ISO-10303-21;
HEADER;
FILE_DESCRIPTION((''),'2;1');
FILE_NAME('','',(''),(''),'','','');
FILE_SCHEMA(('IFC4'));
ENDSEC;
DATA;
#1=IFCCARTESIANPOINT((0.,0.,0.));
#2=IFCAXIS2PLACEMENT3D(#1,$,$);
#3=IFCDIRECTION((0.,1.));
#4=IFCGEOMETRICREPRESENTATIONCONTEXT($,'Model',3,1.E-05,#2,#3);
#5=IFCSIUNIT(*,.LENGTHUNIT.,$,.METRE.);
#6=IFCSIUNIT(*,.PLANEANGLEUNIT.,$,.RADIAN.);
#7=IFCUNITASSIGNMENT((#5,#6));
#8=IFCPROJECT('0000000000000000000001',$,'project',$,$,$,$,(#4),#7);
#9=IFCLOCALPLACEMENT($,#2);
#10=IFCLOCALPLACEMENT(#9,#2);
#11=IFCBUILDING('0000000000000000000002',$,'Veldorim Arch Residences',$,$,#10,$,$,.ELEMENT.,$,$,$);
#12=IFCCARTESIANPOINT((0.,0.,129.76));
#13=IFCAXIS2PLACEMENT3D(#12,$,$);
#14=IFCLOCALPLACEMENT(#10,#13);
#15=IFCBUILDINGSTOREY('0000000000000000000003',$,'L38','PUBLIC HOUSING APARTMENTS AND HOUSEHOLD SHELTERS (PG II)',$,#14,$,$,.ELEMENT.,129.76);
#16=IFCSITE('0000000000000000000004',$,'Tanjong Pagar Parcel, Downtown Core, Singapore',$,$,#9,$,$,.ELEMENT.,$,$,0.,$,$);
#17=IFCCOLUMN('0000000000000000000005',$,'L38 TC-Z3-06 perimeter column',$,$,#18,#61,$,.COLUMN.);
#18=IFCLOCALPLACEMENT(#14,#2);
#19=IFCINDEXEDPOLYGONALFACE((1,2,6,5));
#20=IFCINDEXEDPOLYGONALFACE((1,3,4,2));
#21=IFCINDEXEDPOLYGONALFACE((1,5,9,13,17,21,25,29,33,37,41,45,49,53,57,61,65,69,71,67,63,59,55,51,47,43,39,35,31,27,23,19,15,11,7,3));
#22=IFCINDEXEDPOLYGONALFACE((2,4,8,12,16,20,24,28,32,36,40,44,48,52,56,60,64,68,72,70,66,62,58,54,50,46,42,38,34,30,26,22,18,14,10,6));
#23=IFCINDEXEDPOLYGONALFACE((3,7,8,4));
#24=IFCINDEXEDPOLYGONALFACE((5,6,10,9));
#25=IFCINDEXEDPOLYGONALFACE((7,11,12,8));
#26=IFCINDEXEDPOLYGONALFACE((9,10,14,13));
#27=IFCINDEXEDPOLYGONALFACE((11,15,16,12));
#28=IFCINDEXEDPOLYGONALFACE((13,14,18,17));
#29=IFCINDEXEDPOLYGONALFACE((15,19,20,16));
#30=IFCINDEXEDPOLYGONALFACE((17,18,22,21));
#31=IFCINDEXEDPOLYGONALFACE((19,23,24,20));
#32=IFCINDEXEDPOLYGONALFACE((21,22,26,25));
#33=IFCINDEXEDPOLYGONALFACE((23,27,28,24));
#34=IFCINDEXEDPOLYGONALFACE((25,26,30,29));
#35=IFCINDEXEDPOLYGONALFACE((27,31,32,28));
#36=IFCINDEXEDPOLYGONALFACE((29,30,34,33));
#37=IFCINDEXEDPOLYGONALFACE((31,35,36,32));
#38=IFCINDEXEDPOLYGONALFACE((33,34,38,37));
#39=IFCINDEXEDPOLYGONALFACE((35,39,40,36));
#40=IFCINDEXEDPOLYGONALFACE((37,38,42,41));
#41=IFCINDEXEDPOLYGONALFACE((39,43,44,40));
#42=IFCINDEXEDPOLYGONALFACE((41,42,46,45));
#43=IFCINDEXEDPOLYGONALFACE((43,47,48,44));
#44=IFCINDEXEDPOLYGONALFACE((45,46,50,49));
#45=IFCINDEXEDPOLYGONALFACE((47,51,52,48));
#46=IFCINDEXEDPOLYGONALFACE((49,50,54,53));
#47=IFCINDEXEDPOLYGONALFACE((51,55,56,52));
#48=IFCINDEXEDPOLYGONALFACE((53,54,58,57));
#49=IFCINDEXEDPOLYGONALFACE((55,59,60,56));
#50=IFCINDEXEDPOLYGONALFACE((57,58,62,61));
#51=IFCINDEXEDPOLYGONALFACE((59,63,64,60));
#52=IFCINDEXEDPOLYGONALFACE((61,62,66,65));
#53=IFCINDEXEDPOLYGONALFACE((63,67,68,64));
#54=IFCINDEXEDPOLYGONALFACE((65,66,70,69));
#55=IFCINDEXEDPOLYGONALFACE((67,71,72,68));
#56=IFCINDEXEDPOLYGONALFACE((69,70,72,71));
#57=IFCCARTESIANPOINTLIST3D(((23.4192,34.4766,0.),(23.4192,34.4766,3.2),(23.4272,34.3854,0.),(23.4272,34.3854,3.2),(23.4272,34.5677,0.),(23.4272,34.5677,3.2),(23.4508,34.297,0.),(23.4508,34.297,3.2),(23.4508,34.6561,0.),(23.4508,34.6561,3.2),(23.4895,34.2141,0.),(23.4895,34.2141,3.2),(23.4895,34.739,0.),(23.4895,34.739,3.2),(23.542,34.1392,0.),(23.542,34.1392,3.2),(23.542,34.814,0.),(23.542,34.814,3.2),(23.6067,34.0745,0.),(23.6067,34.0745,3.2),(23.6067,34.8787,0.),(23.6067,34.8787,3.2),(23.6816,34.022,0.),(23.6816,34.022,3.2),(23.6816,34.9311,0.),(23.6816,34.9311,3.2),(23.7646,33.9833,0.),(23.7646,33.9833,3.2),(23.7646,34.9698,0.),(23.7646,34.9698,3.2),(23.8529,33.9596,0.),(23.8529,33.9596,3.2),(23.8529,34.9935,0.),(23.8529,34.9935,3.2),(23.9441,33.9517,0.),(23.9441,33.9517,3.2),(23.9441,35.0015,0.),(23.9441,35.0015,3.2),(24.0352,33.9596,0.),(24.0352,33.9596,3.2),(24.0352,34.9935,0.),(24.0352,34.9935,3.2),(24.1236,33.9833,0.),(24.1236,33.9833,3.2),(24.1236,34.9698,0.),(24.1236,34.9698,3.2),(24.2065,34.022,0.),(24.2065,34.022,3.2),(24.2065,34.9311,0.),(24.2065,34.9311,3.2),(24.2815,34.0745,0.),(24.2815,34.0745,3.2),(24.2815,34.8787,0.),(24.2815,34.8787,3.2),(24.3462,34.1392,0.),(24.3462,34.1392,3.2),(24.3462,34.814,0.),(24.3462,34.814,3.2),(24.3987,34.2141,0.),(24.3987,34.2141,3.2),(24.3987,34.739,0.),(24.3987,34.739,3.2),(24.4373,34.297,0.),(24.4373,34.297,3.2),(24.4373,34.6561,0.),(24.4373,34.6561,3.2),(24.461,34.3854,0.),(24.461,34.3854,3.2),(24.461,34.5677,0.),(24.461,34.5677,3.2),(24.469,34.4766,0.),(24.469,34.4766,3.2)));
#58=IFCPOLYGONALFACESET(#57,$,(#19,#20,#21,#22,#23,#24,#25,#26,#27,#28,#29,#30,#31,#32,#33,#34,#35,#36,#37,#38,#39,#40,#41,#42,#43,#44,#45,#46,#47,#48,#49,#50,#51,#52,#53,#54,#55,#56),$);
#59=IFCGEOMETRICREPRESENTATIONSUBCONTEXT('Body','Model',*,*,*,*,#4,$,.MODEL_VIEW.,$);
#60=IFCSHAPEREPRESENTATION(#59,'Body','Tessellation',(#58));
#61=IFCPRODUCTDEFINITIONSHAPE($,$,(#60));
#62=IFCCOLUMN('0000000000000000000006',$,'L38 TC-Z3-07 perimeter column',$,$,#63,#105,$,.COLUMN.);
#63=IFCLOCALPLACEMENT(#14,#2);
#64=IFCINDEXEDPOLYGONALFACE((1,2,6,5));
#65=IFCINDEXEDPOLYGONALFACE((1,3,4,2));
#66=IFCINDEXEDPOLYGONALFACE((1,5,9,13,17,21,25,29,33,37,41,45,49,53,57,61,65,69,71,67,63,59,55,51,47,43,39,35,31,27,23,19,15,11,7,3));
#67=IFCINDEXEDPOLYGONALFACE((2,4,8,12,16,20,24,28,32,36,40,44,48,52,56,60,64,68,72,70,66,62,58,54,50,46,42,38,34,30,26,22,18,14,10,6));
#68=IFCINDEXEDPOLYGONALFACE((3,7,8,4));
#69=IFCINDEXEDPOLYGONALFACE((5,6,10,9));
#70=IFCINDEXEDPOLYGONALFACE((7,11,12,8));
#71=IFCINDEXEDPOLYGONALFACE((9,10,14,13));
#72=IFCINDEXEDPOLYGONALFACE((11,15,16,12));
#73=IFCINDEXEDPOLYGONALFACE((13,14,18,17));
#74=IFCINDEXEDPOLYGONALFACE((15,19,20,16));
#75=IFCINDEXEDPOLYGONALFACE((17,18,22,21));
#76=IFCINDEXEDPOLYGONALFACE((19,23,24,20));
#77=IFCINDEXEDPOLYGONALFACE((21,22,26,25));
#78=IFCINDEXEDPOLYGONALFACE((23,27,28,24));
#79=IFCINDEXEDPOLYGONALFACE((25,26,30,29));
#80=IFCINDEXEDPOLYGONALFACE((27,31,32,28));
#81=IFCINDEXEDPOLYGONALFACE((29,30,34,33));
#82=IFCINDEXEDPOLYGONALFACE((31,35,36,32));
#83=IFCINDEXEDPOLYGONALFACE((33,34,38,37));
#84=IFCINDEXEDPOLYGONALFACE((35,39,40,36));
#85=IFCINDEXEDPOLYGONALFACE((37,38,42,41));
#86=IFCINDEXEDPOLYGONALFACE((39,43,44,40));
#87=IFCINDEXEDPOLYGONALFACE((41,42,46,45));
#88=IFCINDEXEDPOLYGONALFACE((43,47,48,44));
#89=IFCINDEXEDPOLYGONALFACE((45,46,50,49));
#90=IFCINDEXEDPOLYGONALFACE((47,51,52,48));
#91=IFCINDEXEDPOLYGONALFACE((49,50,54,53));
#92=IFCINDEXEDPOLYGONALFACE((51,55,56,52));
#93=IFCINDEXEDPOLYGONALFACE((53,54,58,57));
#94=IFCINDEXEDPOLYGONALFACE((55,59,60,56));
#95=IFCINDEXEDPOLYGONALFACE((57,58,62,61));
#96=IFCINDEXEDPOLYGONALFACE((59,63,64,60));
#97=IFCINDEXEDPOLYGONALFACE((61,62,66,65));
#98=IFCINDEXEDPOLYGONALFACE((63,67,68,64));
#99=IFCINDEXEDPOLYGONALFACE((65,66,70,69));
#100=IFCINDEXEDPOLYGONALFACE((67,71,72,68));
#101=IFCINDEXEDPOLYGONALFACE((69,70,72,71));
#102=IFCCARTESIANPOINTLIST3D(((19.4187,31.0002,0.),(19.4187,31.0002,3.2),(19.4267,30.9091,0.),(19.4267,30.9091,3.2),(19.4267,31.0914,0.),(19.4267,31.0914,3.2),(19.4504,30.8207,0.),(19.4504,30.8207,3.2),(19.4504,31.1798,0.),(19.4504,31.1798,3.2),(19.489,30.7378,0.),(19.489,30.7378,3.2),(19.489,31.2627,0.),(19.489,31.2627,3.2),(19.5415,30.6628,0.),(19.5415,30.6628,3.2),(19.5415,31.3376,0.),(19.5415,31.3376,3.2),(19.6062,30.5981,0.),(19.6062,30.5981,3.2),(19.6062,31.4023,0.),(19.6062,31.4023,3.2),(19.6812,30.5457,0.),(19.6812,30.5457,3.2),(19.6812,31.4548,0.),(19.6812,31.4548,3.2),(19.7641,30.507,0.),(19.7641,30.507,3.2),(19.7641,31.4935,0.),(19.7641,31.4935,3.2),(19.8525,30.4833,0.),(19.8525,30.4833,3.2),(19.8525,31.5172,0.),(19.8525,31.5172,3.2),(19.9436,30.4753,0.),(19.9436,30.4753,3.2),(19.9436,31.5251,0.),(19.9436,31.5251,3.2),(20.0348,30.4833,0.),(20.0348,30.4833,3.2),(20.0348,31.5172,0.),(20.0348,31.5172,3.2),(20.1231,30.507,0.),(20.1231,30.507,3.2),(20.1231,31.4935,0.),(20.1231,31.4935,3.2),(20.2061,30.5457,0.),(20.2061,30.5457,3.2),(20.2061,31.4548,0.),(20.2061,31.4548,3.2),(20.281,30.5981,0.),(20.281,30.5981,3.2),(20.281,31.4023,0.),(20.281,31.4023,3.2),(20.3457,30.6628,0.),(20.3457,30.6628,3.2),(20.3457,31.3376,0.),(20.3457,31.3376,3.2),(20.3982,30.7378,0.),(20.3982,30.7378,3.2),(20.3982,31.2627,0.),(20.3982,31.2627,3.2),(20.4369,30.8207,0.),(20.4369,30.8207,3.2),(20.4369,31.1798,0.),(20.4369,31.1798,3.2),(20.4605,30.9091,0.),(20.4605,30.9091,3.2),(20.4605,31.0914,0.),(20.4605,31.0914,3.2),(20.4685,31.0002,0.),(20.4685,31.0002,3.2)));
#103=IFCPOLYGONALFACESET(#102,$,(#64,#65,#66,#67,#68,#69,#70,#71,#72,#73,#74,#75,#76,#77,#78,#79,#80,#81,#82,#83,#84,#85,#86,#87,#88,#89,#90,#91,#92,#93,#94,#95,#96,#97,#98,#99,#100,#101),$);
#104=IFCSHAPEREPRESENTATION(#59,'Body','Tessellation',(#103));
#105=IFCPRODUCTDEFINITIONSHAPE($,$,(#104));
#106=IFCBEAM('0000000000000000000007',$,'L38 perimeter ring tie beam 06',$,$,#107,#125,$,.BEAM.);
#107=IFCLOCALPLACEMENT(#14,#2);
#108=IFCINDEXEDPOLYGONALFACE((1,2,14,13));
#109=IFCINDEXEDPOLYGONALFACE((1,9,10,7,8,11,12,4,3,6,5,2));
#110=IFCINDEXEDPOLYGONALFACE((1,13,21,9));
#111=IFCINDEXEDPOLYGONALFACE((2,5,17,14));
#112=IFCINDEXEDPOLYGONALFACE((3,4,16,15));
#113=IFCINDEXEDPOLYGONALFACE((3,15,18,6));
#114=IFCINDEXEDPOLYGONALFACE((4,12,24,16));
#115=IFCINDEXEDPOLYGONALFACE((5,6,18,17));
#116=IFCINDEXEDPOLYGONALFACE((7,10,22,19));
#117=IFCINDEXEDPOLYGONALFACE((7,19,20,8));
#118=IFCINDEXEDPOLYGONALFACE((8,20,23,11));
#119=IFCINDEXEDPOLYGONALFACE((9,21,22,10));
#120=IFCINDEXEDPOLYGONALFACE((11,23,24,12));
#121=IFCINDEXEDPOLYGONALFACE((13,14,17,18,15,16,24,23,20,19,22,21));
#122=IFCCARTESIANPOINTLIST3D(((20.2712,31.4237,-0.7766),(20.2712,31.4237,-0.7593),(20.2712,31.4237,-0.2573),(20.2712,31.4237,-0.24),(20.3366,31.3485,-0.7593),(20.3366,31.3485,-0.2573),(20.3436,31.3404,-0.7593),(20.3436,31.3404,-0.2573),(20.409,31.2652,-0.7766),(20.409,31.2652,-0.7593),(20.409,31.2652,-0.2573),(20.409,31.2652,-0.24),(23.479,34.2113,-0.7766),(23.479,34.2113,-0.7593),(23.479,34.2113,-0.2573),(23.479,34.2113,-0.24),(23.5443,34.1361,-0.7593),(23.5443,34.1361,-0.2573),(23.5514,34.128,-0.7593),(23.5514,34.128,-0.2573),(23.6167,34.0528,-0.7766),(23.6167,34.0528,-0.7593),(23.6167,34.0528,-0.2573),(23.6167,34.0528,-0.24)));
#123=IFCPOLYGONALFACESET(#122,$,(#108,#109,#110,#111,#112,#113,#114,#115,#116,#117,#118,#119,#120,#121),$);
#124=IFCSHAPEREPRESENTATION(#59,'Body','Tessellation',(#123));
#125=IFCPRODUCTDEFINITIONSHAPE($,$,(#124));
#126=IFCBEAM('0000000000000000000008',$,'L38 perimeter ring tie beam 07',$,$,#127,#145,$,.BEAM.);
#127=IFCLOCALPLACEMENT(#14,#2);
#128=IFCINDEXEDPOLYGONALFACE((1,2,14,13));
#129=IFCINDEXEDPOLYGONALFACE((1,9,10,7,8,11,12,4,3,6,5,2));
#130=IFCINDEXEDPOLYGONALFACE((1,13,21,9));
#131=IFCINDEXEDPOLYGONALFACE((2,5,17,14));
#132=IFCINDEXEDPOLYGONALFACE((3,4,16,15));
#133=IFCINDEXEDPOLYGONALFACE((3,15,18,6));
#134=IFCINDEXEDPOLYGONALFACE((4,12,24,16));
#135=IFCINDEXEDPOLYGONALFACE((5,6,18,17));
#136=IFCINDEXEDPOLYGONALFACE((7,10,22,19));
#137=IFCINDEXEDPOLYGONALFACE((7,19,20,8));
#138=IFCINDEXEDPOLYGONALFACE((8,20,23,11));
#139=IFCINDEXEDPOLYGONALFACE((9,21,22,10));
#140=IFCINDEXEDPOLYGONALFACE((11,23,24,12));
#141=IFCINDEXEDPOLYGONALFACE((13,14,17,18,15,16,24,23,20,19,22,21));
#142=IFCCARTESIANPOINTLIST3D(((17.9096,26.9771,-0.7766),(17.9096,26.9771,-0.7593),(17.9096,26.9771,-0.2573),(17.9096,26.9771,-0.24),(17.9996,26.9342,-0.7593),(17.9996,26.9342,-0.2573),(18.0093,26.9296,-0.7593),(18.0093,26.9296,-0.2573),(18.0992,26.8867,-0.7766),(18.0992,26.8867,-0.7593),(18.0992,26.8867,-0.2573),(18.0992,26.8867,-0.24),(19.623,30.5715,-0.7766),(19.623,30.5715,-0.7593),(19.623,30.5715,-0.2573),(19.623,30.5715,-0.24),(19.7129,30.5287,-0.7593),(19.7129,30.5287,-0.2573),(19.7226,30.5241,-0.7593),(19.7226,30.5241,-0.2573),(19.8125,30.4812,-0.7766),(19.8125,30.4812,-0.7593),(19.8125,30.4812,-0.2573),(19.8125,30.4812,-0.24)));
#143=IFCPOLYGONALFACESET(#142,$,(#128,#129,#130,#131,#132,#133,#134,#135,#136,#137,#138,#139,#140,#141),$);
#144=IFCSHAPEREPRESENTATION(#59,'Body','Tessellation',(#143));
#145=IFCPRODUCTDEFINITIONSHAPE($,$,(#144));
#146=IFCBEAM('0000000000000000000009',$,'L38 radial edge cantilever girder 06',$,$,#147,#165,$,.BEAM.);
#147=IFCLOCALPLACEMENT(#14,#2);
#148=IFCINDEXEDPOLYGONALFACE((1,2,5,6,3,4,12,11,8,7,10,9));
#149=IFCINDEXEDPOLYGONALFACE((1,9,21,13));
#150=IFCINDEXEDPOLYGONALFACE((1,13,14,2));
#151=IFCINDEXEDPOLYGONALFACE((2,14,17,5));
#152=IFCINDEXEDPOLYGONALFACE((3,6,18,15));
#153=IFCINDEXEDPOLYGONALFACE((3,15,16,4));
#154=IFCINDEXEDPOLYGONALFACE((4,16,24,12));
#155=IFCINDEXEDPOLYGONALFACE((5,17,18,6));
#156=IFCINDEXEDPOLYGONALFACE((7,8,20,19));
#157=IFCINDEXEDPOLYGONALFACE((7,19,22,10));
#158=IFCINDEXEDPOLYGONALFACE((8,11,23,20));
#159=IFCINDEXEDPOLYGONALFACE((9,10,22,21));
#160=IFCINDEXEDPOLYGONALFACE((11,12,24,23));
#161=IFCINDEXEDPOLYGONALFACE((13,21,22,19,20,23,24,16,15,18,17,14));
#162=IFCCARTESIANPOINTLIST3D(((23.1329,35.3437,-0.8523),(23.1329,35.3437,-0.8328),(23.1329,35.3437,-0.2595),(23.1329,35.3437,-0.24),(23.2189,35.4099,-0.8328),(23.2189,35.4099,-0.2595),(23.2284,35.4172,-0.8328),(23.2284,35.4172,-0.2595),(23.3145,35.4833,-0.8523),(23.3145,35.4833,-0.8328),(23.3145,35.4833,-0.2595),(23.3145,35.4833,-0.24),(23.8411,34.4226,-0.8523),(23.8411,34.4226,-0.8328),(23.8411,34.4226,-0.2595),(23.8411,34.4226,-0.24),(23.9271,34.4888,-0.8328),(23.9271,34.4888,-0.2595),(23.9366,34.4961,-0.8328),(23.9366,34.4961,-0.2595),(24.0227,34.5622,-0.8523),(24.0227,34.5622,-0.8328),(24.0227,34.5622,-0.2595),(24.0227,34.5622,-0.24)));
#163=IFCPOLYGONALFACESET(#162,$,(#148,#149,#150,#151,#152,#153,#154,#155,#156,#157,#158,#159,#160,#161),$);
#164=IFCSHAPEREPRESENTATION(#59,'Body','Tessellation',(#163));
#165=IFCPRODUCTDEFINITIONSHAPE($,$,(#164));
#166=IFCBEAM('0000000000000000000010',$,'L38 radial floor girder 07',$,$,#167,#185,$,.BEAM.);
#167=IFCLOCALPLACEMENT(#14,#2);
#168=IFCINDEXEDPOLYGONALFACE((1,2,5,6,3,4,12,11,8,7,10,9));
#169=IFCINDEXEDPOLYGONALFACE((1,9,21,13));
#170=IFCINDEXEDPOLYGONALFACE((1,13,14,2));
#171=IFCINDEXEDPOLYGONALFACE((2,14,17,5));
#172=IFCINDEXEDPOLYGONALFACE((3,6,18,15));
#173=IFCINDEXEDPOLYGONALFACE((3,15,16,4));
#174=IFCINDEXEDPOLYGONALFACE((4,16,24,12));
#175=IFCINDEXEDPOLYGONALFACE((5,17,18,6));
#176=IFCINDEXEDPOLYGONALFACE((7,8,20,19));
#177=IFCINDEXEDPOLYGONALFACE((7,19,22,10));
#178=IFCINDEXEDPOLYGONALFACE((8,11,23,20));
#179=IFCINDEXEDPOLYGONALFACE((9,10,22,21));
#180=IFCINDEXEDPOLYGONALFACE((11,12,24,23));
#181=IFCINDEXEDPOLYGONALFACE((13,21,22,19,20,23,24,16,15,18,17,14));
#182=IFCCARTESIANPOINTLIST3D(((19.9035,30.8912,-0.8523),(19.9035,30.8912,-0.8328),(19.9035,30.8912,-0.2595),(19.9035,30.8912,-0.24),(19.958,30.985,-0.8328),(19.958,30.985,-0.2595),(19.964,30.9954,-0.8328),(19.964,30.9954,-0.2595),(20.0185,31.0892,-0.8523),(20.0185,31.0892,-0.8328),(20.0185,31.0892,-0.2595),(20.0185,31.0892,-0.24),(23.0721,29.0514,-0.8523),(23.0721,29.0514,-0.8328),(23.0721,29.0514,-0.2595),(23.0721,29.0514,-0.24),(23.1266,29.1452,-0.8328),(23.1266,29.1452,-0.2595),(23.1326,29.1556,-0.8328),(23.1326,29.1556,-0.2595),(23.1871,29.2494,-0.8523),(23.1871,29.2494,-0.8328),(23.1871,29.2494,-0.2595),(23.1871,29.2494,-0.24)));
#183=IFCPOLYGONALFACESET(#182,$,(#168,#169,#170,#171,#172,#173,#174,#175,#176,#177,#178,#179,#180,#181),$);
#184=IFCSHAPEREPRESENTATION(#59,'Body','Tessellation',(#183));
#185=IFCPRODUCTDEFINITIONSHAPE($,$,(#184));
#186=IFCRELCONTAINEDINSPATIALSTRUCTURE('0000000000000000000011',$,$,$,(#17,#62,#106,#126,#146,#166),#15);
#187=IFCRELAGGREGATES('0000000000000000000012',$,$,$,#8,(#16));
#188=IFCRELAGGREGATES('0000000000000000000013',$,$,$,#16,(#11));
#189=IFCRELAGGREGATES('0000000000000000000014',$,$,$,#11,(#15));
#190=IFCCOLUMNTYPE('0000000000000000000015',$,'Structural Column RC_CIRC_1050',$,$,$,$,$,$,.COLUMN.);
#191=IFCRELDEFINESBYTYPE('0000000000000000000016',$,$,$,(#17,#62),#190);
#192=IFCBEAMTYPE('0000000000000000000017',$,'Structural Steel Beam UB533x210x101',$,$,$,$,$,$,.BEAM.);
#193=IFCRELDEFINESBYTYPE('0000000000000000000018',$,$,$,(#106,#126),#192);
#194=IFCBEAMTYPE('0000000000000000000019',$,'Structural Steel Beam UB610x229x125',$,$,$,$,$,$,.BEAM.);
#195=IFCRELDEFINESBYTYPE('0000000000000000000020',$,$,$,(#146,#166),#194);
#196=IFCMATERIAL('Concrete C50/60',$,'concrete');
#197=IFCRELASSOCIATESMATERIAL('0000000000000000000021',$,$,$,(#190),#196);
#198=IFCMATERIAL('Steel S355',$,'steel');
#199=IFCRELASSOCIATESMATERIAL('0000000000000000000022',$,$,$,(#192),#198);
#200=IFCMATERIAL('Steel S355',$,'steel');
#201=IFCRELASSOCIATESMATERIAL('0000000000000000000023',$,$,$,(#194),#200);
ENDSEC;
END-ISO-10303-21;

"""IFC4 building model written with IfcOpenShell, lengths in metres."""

from ifc_helpers import new_model, si_unit, direction, frame, origin, origin_2d, place, context, subcontext, project, spatial, circle, i_section, extrude, material, material_profile, profile_set, type_object, element, save


model = new_model("IFC4")

# Units and contexts
model_context = context("Model", 3, precision=1e-05, world=origin(), true_north=direction((0.0, 1.0)))
body_context = subcontext(model_context, "Body", "Model", "MODEL_VIEW")
ifc_project = project(units=[si_unit("LENGTHUNIT", "METRE"), si_unit("PLANEANGLEUNIT", "RADIAN")], contexts=[model_context])

# Site, building, storey
site_placement = place(None, origin())
site = spatial("IfcSite", under=ifc_project, at=site_placement, Name="Tanjong Pagar Parcel, Downtown Core, Singapore", CompositionType="ELEMENT", RefElevation=0.0)
building_placement = place(site_placement, origin())
building = spatial("IfcBuilding", under=site, at=building_placement, Name="Veldorim Arch Residences", CompositionType="ELEMENT")
storey_placement = place(building_placement, frame((0.0, 0.0, 129.76)))
storey = spatial("IfcBuildingStorey", under=building, at=storey_placement, Name="L38", Description="PUBLIC HOUSING APARTMENTS AND HOUSEHOLD SHELTERS (PG II)", CompositionType="ELEMENT", Elevation=129.76)

# Columns
ifc_material_1 = material(Name="Concrete C50/60", Category="concrete")
ifc_material_profile_1 = material_profile(ifc_material_1, circle(Radius=0.5249, at=origin_2d()), Name="RC_CIRC_1050")
ifc_profile_set_1 = profile_set([ifc_material_profile_1], Name="Concrete C50/60")
column_type = type_object("IfcColumnType", Name="Structural Column RC_CIRC_1050", PredefinedType="COLUMN", material=ifc_profile_set_1)
for number, where, z_axis, x_axis, name in (
    (1, (23.9441, 34.4766, 0.0), (0.0, 0.0, 1.0), (1.0, 0.0, 0.0), "L38 TC-Z3-06 perimeter column"),
    (2, (19.9436, 31.0002, 0.0), (0.0, 0.0, 1.0), (1.0, 0.0, 0.0), "L38 TC-Z3-07 perimeter column"),
):
    element("IfcColumn", number, at=place(storey_placement, frame(where, z_axis=z_axis, x_axis=x_axis)), inside=storey, type_object=column_type, Name=name, PredefinedType="COLUMN", context=body_context, shape_type="SweptSolid", body=[
        extrude(circle(Radius=0.5249, at=origin_2d()), origin(), (0.0, 0.0, 1.0), 3.2),
    ])

# Beams
ifc_material_2 = material(Name="Steel S355", Category="steel")
ifc_material_profile_2 = material_profile(ifc_material_2, i_section(OverallWidth=0.21, OverallDepth=0.5366, WebThickness=0.0107, FlangeThickness=0.0173, at=origin_2d()), Name="UB533x210x101")
ifc_profile_set_2 = profile_set([ifc_material_profile_2], Name="Steel S355")
beam_type_1 = type_object("IfcBeamType", Name="Structural Steel Beam UB533x210x101", PredefinedType="BEAM", material=ifc_profile_set_2)
beam_1_placement = place(storey_placement, frame((23.5479, 34.1321, -0.5083), z_axis=(-0.754811, -0.655943, 0.0), x_axis=(0.655943, -0.754811, 0.0)))
element("IfcBeam", 3, at=beam_1_placement, inside=storey, type_object=beam_type_1, Name="L38 perimeter ring tie beam 06", PredefinedType="BEAM", context=body_context, shape_type="SweptSolid", body=[
    extrude(i_section(OverallWidth=0.21, OverallDepth=0.5366, WebThickness=0.0107, FlangeThickness=0.0173, at=origin_2d()), origin(), (0.0, 0.0, 1.0), 4.2498),
])
beam_2_placement = place(storey_placement, frame((19.7178, 30.5264, -0.5083), z_axis=(-0.430286, -0.902693, 0.0), x_axis=(0.902693, -0.430286, 0.0)))
element("IfcBeam", 4, at=beam_2_placement, inside=storey, type_object=beam_type_1, Name="L38 perimeter ring tie beam 07", PredefinedType="BEAM", context=body_context, shape_type="SweptSolid", body=[
    extrude(i_section(OverallWidth=0.21, OverallDepth=0.5366, WebThickness=0.0107, FlangeThickness=0.0173, at=origin_2d()), origin(), (0.0, 0.0, 1.0), 3.9819),
])
ifc_material_3 = material(Name="Steel S355", Category="steel")
ifc_material_profile_3 = material_profile(ifc_material_3, i_section(OverallWidth=0.229, OverallDepth=0.6123, WebThickness=0.012, FlangeThickness=0.0195, at=origin_2d()), Name="UB610x229x125")
ifc_profile_set_3 = profile_set([ifc_material_profile_3], Name="Steel S355")
beam_type_2 = type_object("IfcBeamType", Name="Structural Steel Beam UB610x229x125", PredefinedType="BEAM", material=ifc_profile_set_3)
beam_3_placement = place(storey_placement, frame((23.9319, 34.4924, -0.5461), z_axis=(-0.609538, 0.792757, 0.0), x_axis=(-0.792757, -0.609538, 0.0)))
element("IfcBeam", 5, at=beam_3_placement, inside=storey, type_object=beam_type_2, Name="L38 radial edge cantilever girder 06", PredefinedType="BEAM", context=body_context, shape_type="SweptSolid", body=[
    extrude(i_section(OverallWidth=0.229, OverallDepth=0.6123, WebThickness=0.012, FlangeThickness=0.0195, at=origin_2d()), origin(), (0.0, 0.0, 1.0), 1.1619),
])
beam_4_placement = place(storey_placement, frame((23.1296, 29.1504, -0.5461), z_axis=(-0.864795, 0.502126, 0.0), x_axis=(-0.502126, -0.864795, 0.0)))
element("IfcBeam", 6, at=beam_4_placement, inside=storey, type_object=beam_type_2, Name="L38 radial floor girder 07", PredefinedType="BEAM", context=body_context, shape_type="SweptSolid", body=[
    extrude(i_section(OverallWidth=0.229, OverallDepth=0.6123, WebThickness=0.012, FlangeThickness=0.0195, at=origin_2d()), origin(), (0.0, 0.0, 1.0), 3.6641),
])

save(model, "model.ifc")
